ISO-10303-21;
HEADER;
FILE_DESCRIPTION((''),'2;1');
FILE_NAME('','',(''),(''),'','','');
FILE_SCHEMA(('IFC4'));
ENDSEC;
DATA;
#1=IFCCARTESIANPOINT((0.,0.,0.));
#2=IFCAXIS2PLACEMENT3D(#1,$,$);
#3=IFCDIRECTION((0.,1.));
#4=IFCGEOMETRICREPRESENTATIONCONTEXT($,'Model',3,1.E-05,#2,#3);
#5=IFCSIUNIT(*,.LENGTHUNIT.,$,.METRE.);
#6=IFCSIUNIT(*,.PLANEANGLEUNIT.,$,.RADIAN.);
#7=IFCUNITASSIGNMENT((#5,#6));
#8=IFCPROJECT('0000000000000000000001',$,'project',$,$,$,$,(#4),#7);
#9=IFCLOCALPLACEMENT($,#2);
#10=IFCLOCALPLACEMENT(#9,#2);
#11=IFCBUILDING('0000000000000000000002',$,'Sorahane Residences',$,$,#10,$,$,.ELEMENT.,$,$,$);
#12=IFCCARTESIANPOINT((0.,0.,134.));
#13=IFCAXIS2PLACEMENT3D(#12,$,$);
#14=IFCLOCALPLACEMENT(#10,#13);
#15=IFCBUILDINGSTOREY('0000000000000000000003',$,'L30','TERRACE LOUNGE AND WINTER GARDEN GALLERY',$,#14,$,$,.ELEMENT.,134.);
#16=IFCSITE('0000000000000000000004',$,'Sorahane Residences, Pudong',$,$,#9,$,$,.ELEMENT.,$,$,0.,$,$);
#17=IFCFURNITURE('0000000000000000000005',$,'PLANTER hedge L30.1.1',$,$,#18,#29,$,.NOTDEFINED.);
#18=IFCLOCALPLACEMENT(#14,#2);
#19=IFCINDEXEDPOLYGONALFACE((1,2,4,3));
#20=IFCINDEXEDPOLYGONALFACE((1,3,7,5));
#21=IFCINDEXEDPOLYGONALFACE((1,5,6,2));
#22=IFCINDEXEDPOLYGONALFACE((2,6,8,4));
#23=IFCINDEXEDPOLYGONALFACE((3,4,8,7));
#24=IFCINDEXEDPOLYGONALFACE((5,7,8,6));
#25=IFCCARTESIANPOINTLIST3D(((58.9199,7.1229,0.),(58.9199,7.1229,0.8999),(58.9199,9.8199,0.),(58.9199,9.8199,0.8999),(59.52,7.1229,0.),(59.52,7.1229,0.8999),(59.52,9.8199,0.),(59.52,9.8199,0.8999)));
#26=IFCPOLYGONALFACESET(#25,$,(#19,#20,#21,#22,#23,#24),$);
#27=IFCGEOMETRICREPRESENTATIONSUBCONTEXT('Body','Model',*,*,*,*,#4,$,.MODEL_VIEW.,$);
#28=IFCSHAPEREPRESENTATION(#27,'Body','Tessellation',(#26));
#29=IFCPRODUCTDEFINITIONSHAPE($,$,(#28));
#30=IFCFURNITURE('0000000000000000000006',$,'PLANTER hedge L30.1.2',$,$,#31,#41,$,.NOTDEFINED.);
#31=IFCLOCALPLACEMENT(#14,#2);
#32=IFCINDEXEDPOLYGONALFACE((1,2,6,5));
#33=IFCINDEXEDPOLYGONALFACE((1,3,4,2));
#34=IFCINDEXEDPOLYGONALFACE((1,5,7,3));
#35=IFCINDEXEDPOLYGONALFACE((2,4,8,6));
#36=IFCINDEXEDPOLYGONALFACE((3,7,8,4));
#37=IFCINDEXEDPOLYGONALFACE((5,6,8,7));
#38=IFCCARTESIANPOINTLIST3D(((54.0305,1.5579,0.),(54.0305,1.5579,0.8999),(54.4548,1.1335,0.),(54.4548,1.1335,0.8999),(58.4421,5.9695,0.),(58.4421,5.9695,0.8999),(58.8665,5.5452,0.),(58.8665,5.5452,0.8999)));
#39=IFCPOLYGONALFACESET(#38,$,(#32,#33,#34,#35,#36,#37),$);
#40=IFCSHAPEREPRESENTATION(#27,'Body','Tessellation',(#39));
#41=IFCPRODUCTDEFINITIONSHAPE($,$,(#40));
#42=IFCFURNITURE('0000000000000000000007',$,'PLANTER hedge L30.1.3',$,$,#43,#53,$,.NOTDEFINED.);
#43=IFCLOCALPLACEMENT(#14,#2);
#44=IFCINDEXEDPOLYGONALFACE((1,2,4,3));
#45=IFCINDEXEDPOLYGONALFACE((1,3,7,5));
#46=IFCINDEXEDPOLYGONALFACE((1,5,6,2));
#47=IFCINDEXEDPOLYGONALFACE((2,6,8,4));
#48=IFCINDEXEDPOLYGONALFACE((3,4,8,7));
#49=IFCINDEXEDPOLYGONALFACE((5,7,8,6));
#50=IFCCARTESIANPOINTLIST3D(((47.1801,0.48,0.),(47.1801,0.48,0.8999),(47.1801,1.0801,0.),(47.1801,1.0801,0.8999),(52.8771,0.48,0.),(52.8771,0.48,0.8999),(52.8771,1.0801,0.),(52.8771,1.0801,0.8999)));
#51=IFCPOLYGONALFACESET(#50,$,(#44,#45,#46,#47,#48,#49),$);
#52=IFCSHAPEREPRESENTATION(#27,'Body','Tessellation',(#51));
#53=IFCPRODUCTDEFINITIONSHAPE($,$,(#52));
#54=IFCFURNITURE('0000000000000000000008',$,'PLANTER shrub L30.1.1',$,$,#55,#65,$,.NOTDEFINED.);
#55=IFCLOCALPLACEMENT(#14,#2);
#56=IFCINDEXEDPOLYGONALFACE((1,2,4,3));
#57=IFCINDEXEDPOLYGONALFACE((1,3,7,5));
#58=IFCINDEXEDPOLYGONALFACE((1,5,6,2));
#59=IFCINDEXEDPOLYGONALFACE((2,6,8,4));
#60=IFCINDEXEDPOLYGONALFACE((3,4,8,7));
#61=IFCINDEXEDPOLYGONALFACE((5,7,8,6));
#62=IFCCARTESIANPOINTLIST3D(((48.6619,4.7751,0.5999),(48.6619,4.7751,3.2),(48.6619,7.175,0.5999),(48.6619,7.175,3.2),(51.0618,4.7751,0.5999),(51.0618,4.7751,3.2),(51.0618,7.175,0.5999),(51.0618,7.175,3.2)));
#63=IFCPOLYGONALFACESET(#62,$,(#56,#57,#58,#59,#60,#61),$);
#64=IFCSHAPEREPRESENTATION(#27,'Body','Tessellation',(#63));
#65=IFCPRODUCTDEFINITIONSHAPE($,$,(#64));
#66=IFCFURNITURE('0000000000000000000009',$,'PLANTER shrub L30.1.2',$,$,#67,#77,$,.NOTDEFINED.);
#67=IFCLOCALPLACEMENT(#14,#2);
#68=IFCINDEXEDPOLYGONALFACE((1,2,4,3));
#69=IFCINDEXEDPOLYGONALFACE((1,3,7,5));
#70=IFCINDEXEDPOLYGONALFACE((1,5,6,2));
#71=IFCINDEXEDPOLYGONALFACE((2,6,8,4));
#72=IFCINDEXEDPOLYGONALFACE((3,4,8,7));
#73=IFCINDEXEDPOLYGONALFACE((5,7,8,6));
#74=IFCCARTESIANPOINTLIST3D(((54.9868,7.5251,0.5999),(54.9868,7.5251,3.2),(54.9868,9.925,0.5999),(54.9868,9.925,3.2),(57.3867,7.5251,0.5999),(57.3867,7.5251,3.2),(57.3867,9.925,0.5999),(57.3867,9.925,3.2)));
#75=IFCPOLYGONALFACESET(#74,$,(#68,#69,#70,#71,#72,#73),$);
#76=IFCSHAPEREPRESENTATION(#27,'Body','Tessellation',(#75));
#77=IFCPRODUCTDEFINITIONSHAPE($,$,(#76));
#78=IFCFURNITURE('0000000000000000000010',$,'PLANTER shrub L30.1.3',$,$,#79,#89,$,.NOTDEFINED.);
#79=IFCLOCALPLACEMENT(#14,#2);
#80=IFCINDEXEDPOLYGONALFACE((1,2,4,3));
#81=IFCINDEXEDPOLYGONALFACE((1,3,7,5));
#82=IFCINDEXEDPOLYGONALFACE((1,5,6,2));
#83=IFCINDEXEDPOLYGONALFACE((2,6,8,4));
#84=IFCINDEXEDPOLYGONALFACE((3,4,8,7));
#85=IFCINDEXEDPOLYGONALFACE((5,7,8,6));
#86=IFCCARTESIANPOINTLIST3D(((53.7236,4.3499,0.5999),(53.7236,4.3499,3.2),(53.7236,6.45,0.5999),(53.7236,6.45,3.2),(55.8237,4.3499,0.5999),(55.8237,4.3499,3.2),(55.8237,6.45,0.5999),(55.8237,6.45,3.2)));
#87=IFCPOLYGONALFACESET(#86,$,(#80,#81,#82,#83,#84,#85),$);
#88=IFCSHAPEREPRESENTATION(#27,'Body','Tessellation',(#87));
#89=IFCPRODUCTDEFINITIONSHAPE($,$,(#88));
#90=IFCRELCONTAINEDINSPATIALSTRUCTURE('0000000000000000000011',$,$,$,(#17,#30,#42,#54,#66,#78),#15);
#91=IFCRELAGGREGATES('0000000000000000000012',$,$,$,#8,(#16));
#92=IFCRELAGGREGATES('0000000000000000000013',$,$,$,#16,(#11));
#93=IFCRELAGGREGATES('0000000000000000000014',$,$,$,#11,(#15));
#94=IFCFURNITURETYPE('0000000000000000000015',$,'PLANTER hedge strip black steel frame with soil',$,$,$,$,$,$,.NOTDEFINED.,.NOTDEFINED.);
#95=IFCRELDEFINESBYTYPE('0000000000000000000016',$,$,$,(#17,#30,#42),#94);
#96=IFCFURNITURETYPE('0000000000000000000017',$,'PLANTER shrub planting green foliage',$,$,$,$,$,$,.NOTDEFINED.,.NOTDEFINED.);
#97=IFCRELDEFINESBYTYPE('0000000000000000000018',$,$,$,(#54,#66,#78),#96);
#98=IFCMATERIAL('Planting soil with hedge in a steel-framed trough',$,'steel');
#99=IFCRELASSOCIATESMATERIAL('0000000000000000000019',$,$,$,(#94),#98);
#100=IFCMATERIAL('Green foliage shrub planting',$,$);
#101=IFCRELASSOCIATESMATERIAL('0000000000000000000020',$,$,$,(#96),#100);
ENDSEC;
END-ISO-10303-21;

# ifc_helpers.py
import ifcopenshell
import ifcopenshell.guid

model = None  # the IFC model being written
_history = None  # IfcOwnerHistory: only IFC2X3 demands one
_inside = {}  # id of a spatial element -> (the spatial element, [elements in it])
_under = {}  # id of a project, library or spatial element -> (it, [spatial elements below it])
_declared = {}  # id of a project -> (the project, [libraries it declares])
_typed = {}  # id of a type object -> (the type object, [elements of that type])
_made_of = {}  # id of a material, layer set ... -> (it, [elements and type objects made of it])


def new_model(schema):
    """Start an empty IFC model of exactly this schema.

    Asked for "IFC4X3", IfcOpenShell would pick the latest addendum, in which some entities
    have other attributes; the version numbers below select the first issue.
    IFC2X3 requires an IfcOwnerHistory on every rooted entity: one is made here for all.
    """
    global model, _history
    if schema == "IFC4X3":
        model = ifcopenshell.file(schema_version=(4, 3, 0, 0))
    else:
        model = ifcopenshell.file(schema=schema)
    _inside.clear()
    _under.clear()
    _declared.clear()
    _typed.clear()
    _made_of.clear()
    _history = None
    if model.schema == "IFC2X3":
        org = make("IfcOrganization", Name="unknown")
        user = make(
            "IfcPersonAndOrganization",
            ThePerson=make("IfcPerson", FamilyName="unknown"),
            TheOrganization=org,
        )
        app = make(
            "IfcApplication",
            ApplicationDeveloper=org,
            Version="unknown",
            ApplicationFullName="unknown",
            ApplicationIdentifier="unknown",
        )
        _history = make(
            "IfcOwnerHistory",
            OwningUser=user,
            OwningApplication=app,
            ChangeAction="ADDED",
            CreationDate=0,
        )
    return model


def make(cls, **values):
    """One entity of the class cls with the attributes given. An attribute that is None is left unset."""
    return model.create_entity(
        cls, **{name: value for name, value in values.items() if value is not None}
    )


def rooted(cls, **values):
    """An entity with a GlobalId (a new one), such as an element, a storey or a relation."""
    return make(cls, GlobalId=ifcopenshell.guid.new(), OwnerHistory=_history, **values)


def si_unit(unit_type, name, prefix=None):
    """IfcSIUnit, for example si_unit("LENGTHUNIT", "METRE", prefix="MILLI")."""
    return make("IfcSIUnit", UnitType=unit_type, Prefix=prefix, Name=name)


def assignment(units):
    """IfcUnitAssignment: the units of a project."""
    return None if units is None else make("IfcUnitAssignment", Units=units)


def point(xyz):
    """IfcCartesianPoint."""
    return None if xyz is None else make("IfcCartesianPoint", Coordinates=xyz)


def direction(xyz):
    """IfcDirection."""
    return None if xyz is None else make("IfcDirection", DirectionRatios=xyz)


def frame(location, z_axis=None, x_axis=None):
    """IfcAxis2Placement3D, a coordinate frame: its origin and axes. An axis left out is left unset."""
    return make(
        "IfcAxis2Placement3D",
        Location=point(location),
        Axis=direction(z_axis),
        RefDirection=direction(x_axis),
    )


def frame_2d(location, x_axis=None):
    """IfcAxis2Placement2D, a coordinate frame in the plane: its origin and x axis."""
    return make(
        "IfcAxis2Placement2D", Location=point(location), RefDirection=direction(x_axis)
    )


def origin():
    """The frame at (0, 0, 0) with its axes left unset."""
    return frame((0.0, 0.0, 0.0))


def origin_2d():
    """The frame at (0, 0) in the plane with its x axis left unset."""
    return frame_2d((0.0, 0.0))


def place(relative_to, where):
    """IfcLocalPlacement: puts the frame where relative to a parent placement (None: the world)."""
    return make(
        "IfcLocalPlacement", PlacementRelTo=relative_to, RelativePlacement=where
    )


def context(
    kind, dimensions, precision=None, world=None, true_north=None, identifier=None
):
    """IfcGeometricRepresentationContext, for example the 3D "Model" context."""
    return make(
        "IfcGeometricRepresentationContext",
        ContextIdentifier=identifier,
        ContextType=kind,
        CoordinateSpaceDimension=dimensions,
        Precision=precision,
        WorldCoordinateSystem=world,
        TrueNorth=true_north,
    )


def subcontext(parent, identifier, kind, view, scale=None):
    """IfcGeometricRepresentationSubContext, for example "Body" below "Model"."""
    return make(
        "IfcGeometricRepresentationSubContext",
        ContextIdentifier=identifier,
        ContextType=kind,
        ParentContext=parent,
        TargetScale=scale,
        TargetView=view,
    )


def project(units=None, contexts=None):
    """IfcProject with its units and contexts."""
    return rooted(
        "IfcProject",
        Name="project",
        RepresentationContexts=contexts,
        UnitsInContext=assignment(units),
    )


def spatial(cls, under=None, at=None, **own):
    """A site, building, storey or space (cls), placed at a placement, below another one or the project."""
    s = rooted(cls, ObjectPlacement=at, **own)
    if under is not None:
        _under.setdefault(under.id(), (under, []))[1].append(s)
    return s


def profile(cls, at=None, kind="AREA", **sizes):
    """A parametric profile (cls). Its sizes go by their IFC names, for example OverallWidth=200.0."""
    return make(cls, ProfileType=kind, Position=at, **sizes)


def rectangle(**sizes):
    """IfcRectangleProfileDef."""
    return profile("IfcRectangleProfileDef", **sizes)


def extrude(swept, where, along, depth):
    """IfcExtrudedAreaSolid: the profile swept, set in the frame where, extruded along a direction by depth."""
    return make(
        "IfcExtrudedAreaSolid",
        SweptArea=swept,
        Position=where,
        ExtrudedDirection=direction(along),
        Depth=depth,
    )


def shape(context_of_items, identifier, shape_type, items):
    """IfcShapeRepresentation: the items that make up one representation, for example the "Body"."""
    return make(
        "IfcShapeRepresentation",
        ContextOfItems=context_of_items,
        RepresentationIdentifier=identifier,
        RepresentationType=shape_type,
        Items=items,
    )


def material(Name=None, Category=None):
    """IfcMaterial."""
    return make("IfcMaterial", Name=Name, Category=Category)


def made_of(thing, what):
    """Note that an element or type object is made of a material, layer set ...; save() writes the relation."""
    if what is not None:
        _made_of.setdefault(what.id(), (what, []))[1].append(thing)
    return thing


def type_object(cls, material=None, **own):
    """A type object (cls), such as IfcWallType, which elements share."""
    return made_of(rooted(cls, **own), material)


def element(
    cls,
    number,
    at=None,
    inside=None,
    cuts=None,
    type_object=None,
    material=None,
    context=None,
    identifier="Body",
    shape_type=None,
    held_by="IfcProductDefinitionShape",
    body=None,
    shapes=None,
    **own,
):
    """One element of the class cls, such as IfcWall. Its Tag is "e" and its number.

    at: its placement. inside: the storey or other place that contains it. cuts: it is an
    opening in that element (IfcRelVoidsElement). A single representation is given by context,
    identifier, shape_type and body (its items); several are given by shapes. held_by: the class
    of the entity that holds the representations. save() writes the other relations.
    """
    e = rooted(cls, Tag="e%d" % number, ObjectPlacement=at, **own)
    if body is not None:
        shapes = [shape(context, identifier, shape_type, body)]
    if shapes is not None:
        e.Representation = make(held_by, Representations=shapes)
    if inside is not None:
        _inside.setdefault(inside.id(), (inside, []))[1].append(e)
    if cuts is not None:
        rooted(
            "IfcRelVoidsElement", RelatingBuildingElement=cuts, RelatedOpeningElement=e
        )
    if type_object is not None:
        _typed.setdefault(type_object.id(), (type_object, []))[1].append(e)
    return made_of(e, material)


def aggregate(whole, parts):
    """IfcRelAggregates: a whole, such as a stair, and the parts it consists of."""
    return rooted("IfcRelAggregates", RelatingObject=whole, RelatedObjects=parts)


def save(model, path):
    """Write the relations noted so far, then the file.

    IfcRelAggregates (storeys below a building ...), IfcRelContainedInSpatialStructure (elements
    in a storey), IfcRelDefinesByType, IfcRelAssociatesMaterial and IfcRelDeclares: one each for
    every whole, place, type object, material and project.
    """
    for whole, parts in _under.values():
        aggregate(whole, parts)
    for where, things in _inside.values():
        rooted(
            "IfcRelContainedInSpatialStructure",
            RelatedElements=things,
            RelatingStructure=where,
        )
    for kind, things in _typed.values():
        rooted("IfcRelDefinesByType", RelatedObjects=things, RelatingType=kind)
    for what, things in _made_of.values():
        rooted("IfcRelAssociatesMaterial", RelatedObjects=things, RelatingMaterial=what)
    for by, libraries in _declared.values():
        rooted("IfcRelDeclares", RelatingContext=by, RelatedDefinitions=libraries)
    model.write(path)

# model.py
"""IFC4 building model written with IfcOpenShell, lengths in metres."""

from ifc_helpers import new_model, si_unit, direction, frame, origin, origin_2d, place, context, subcontext, project, spatial, rectangle, extrude, material, type_object, element, save


model = new_model("IFC4")

# Units and contexts
model_context = context("Model", 3, precision=1e-05, world=origin(), true_north=direction((0.0, 1.0)))
body_context = subcontext(model_context, "Body", "Model", "MODEL_VIEW")
ifc_project = project(units=[si_unit("LENGTHUNIT", "METRE"), si_unit("PLANEANGLEUNIT", "RADIAN")], contexts=[model_context])

# Site, building, storey
site_placement = place(None, origin())
site = spatial("IfcSite", under=ifc_project, at=site_placement, Name="Sorahane Residences, Pudong", CompositionType="ELEMENT", RefElevation=0.0)
building_placement = place(site_placement, origin())
building = spatial("IfcBuilding", under=site, at=building_placement, Name="Sorahane Residences", CompositionType="ELEMENT")
storey_placement = place(building_placement, frame((0.0, 0.0, 134.0)))
storey = spatial("IfcBuildingStorey", under=building, at=storey_placement, Name="L30", Description="TERRACE LOUNGE AND WINTER GARDEN GALLERY", CompositionType="ELEMENT", Elevation=134.0)

# Furniture
ifc_material_1 = material(Name="Planting soil with hedge in a steel-framed trough", Category="steel")
furniture_type_1 = type_object("IfcFurnitureType", Name="PLANTER hedge strip black steel frame with soil", AssemblyPlace="NOTDEFINED", PredefinedType="NOTDEFINED", material=ifc_material_1)
furniture_1_placement = place(storey_placement, frame((59.22, 8.4714, 0.0), z_axis=(0.0, 0.0, 1.0), x_axis=(0.0, -1.0, 0.0)))
element("IfcFurniture", 1, at=furniture_1_placement, inside=storey, type_object=furniture_type_1, Name="PLANTER hedge L30.1.1", PredefinedType="NOTDEFINED", context=body_context, shape_type="SweptSolid", body=[
    extrude(rectangle(XDim=2.697, YDim=0.6001, at=origin_2d()), origin(), (0.0, 0.0, 1.0), 0.8999),
])
furniture_2_placement = place(storey_placement, frame((56.4485, 3.5515, 0.0), z_axis=(0.0, 0.0, 1.0), x_axis=(-0.707107, -0.707107, 0.0)))
element("IfcFurniture", 2, at=furniture_2_placement, inside=storey, type_object=furniture_type_1, Name="PLANTER hedge L30.1.2", PredefinedType="NOTDEFINED", context=body_context, shape_type="SweptSolid", body=[
    extrude(rectangle(XDim=6.239, YDim=0.6001, at=origin_2d()), origin(), (0.0, 0.0, 1.0), 0.8999),
])
furniture_3_placement = place(storey_placement, frame((50.0286, 0.78, 0.0), z_axis=(0.0, 0.0, 1.0), x_axis=(-1.0, 0.0, 0.0)))
element("IfcFurniture", 3, at=furniture_3_placement, inside=storey, type_object=furniture_type_1, Name="PLANTER hedge L30.1.3", PredefinedType="NOTDEFINED", context=body_context, shape_type="SweptSolid", body=[
    extrude(rectangle(XDim=5.697, YDim=0.6001, at=origin_2d()), origin(), (0.0, 0.0, 1.0), 0.8999),
])
ifc_material_2 = material(Name="Green foliage shrub planting")
furniture_type_2 = type_object("IfcFurnitureType", Name="PLANTER shrub planting green foliage", AssemblyPlace="NOTDEFINED", PredefinedType="NOTDEFINED", material=ifc_material_2)
for number, where, z_axis, x_axis, name in (
    (4, (49.8618, 5.9751, 0.5999), (0.0, 0.0, 1.0), (1.0, 0.0, 0.0), "PLANTER shrub L30.1.1"),
    (5, (56.1868, 8.7251, 0.5999), (0.0, 0.0, 1.0), (1.0, 0.0, 0.0), "PLANTER shrub L30.1.2"),
):
    element("IfcFurniture", number, at=place(storey_placement, frame(where, z_axis=z_axis, x_axis=x_axis)), inside=storey, type_object=furniture_type_2, Name=name, PredefinedType="NOTDEFINED", context=body_context, shape_type="SweptSolid", body=[
        extrude(rectangle(XDim=2.3999, YDim=2.3999, at=origin_2d()), origin(), (0.0, 0.0, 1.0), 2.6001),
    ])
furniture_4_placement = place(storey_placement, frame((54.7737, 5.3999, 0.5999), z_axis=(0.0, 0.0, 1.0), x_axis=(1.0, 0.0, 0.0)))
element("IfcFurniture", 6, at=furniture_4_placement, inside=storey, type_object=furniture_type_2, Name="PLANTER shrub L30.1.3", PredefinedType="NOTDEFINED", context=body_context, shape_type="SweptSolid", body=[
    extrude(rectangle(XDim=2.1001, YDim=2.1001, at=origin_2d()), origin(), (0.0, 0.0, 1.0), 2.6001),
])

save(model, "model.ifc")
